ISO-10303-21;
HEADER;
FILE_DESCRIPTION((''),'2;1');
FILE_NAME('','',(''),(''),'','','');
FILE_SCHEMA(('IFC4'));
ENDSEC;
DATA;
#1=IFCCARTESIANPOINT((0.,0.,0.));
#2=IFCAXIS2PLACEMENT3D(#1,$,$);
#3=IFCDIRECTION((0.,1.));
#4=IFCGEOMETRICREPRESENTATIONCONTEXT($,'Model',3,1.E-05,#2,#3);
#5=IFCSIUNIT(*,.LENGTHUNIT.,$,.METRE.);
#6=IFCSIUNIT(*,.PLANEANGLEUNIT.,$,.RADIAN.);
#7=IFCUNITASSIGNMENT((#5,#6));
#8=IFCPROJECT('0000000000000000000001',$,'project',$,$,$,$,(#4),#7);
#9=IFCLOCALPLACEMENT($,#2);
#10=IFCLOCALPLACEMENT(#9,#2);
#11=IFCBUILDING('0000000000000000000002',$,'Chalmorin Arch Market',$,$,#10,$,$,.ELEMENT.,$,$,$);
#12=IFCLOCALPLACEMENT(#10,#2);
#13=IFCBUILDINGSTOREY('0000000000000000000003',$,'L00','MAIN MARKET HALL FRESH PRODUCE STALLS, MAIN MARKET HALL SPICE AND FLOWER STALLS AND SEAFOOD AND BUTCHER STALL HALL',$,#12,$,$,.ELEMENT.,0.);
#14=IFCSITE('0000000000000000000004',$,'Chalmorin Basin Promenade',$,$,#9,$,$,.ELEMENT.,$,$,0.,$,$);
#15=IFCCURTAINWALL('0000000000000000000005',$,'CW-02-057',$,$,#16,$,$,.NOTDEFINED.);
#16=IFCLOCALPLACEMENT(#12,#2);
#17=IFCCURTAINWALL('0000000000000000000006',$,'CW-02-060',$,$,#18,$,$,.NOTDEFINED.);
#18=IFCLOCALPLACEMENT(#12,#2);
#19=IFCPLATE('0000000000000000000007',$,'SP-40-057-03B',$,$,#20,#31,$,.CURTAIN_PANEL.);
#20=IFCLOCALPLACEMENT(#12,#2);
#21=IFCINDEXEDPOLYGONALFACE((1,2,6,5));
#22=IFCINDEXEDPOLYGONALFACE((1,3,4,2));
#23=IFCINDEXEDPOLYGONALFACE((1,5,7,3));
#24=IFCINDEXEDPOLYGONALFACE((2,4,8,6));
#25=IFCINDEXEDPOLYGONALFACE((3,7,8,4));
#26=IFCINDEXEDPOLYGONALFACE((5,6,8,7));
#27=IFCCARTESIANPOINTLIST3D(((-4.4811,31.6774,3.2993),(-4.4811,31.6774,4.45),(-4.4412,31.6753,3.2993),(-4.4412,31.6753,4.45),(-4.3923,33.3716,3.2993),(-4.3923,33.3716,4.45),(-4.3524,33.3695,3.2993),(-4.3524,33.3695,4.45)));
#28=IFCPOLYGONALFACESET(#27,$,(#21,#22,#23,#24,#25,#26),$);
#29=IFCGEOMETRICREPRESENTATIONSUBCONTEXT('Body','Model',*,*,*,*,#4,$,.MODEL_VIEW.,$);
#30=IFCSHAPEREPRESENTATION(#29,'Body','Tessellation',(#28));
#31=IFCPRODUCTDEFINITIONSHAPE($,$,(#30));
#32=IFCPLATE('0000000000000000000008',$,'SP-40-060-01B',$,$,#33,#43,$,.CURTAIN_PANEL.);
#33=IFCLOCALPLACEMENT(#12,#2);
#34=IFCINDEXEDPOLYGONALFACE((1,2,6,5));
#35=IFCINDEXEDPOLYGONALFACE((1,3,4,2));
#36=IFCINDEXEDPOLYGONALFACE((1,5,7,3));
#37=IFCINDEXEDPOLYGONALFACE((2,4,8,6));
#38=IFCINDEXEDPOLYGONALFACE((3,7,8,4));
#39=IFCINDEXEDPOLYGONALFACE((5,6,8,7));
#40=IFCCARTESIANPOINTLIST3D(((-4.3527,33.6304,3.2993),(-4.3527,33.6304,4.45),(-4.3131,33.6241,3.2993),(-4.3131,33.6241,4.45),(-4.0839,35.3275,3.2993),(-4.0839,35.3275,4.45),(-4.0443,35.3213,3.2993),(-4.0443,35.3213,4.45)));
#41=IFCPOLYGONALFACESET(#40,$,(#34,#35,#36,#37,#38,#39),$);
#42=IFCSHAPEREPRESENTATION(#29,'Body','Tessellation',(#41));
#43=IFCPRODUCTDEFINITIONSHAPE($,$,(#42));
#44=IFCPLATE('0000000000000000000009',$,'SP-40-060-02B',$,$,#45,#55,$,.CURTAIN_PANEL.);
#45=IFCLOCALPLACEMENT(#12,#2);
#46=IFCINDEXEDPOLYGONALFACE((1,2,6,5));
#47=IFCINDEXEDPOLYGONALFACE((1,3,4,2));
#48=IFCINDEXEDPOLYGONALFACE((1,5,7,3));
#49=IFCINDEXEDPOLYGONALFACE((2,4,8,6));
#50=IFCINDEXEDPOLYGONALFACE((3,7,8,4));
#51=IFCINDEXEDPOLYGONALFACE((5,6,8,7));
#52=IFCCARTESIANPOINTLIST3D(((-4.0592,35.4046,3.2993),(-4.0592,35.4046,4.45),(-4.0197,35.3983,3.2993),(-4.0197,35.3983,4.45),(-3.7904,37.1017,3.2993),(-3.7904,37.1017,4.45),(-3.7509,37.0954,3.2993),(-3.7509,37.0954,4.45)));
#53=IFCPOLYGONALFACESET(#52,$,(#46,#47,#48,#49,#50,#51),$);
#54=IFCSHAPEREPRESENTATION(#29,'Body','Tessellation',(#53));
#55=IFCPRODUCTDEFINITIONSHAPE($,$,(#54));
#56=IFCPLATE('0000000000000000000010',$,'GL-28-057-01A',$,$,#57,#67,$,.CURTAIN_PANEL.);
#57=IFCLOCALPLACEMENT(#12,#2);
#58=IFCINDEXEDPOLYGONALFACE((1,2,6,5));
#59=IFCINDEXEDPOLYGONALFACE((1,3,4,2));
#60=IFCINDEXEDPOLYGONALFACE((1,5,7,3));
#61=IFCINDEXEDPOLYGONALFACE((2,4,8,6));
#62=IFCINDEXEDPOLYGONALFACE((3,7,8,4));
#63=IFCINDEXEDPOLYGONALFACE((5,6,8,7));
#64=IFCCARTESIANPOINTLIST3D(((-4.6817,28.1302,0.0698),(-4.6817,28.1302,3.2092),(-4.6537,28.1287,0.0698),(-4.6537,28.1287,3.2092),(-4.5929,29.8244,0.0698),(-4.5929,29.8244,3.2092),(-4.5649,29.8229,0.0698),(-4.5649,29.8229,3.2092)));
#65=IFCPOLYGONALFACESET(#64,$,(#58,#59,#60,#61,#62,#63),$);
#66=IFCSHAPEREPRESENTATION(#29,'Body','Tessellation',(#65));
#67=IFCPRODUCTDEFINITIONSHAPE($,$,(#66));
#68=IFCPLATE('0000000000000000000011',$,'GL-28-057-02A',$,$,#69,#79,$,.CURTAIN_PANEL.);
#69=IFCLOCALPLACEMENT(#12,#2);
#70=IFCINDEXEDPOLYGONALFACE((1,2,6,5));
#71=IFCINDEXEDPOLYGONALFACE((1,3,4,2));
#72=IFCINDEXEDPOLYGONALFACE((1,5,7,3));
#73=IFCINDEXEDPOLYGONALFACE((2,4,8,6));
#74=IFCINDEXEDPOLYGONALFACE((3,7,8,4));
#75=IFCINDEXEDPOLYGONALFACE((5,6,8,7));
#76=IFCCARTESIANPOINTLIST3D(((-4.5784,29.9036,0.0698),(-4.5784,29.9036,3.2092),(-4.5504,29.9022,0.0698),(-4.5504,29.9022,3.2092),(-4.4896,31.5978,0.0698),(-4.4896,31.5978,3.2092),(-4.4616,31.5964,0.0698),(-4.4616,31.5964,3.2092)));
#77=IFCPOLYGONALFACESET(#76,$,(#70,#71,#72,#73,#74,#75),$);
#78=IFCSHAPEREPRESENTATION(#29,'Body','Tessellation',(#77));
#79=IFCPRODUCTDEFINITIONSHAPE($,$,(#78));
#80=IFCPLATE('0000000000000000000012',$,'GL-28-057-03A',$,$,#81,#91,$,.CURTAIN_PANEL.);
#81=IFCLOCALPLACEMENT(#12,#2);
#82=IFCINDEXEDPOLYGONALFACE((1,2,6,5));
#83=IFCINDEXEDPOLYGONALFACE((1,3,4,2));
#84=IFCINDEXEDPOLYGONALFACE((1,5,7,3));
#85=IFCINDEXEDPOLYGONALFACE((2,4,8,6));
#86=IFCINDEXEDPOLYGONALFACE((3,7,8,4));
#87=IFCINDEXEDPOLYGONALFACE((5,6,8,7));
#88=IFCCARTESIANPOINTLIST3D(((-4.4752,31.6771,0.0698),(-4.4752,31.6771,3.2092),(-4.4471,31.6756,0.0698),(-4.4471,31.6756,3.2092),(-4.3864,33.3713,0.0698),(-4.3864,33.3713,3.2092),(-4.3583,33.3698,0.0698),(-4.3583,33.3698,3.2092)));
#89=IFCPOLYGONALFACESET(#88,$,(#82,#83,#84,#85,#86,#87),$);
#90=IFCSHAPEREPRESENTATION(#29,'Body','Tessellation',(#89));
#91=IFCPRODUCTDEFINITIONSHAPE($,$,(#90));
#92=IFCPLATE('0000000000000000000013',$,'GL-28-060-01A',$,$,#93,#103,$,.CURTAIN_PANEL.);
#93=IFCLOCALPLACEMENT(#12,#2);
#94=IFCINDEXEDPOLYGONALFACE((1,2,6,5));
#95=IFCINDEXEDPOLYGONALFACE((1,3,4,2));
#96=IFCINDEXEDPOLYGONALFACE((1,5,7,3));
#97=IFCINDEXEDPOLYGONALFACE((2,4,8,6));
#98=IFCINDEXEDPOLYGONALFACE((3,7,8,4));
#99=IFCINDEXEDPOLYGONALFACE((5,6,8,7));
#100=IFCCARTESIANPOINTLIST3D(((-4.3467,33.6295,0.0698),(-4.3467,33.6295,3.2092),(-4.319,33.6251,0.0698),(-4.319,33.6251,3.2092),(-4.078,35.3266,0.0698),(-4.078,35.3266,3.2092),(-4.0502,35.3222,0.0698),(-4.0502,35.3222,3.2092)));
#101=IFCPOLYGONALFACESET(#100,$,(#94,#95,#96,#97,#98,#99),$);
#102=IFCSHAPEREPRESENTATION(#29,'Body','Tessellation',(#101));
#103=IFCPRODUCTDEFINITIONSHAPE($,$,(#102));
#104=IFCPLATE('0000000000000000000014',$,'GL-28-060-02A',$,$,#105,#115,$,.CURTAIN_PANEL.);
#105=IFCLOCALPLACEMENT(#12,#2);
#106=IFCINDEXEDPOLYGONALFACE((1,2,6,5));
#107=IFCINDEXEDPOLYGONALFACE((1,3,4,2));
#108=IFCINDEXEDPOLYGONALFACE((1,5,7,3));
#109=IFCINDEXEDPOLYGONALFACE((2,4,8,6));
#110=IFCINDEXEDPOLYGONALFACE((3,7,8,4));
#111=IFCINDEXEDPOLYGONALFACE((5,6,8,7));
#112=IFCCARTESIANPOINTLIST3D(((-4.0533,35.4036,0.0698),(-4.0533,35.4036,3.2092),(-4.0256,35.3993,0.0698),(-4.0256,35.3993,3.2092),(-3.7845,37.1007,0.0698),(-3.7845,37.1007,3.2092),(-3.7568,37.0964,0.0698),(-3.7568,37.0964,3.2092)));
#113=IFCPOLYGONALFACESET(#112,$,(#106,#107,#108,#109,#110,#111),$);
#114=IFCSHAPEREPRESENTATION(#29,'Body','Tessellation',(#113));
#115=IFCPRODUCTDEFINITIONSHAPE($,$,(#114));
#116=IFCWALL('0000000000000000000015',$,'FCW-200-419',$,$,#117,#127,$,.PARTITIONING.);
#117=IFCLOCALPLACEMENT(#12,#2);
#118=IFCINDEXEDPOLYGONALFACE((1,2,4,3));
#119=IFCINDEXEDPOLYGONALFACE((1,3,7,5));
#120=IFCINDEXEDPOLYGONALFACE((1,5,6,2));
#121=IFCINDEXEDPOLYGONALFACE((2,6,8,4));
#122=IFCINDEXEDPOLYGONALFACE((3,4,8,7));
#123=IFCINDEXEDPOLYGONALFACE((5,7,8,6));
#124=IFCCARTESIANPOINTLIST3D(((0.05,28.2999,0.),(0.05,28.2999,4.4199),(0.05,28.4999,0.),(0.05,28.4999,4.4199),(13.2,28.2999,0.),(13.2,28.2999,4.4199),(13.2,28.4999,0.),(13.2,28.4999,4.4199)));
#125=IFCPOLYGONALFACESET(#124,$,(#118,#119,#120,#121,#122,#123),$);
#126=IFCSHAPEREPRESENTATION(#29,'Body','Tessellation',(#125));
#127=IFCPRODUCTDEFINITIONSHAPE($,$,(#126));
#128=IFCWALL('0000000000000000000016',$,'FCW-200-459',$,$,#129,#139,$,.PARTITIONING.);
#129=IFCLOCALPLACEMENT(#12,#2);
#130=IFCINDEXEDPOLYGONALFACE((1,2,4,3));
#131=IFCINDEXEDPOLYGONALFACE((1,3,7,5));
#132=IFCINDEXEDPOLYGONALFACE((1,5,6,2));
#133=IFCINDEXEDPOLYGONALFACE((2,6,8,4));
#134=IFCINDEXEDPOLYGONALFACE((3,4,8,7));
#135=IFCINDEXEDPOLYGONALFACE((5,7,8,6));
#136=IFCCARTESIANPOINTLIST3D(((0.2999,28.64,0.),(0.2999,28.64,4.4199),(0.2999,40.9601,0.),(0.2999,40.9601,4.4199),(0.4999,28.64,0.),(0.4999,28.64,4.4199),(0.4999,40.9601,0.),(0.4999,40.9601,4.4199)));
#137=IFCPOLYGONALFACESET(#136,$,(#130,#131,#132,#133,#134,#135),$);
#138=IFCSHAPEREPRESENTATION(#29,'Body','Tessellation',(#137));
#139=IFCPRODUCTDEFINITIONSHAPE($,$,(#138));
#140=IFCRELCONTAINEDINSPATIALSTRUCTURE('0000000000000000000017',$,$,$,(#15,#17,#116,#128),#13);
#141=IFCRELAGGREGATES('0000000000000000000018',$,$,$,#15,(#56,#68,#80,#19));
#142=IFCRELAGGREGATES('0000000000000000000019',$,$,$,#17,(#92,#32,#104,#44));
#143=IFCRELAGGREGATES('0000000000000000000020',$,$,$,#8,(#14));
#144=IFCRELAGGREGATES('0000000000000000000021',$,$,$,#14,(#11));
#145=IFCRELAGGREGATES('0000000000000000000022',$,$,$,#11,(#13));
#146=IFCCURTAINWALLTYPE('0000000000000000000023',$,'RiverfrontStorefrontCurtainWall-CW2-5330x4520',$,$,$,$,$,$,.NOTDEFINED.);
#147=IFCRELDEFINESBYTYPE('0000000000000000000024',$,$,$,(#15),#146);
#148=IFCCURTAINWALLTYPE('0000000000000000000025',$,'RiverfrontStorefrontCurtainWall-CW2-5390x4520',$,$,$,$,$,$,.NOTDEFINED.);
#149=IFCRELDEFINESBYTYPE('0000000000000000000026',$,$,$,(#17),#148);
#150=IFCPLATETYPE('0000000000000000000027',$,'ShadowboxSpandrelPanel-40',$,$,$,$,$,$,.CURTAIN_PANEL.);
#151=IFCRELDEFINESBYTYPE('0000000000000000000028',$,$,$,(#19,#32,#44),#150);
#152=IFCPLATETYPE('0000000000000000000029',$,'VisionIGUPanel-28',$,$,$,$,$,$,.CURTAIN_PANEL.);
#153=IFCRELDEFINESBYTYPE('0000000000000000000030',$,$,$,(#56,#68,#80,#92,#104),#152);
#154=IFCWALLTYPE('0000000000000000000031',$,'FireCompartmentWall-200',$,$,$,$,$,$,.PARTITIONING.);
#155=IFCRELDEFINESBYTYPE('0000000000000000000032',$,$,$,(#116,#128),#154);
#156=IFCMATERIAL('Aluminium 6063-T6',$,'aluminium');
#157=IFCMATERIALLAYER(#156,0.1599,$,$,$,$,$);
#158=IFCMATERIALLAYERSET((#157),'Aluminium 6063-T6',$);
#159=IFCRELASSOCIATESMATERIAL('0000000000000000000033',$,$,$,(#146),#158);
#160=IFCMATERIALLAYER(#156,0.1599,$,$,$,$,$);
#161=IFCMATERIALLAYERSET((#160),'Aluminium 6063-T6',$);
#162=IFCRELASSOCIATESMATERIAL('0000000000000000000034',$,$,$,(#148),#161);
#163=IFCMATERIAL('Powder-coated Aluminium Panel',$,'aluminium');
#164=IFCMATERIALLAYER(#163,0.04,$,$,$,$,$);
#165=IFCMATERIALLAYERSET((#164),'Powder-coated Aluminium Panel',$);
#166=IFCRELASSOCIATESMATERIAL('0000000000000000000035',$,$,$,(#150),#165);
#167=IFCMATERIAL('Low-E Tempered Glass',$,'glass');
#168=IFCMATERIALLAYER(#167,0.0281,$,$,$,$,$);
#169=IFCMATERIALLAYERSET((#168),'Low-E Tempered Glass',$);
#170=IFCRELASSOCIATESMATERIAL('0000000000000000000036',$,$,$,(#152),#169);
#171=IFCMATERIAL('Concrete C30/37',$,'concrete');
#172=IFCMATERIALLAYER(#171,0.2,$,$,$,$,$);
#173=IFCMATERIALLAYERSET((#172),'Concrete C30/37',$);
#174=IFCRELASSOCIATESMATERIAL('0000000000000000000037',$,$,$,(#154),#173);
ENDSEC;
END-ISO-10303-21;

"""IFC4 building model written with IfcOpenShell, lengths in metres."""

from ifc_helpers import new_model, si_unit, direction, frame, frame_2d, origin, origin_2d, place, context, subcontext, project, spatial, rectangle, extrude, material, layer, layer_set, type_object, element, aggregate, save


model = new_model("IFC4")

# Units and contexts
model_context = context("Model", 3, precision=1e-05, world=origin(), true_north=direction((0.0, 1.0)))
body_context = subcontext(model_context, "Body", "Model", "MODEL_VIEW")
ifc_project = project(units=[si_unit("LENGTHUNIT", "METRE"), si_unit("PLANEANGLEUNIT", "RADIAN")], contexts=[model_context])

# Site, building, storey
site_placement = place(None, origin())
site = spatial("IfcSite", under=ifc_project, at=site_placement, Name="Chalmorin Basin Promenade", CompositionType="ELEMENT", RefElevation=0.0)
building_placement = place(site_placement, origin())
building = spatial("IfcBuilding", under=site, at=building_placement, Name="Chalmorin Arch Market", CompositionType="ELEMENT")
storey_placement = place(building_placement, origin())
storey = spatial("IfcBuildingStorey", under=building, at=storey_placement, Name="L00", Description="MAIN MARKET HALL FRESH PRODUCE STALLS, MAIN MARKET HALL SPICE AND FLOWER STALLS AND SEAFOOD AND BUTCHER STALL HALL", CompositionType="ELEMENT", Elevation=0.0)

# Curtain walls
ifc_material_1 = material(Name="Aluminium 6063-T6", Category="aluminium")
ifc_layer_1 = layer(ifc_material_1, 0.1599)
ifc_layer_set_1 = layer_set([ifc_layer_1], Name="Aluminium 6063-T6")
curtain_wall_type_1 = type_object("IfcCurtainWallType", Name="RiverfrontStorefrontCurtainWall-CW2-5330x4520", PredefinedType="NOTDEFINED", material=ifc_layer_set_1)
curtain_wall_1_placement = place(storey_placement, origin())
curtain_wall_1 = element("IfcCurtainWall", 1, at=curtain_wall_1_placement, inside=storey, type_object=curtain_wall_type_1, Name="CW-02-057", PredefinedType="NOTDEFINED")
ifc_layer_2 = layer(ifc_material_1, 0.1599)
ifc_layer_set_2 = layer_set([ifc_layer_2], Name="Aluminium 6063-T6")
curtain_wall_type_2 = type_object("IfcCurtainWallType", Name="RiverfrontStorefrontCurtainWall-CW2-5390x4520", PredefinedType="NOTDEFINED", material=ifc_layer_set_2)
curtain_wall_2_placement = place(storey_placement, origin())
curtain_wall_2 = element("IfcCurtainWall", 2, at=curtain_wall_2_placement, inside=storey, type_object=curtain_wall_type_2, Name="CW-02-060", PredefinedType="NOTDEFINED")

# Plates
ifc_material_2 = material(Name="Powder-coated Aluminium Panel", Category="aluminium")
ifc_layer_3 = layer(ifc_material_2, 0.04)
ifc_layer_set_3 = layer_set([ifc_layer_3], Name="Powder-coated Aluminium Panel")
plate_type_1 = type_object("IfcPlateType", Name="ShadowboxSpandrelPanel-40", PredefinedType="CURTAIN_PANEL", material=ifc_layer_set_3)
plate_1_placement = place(storey_placement, frame((-4.4167, 32.5234, 3.2993), z_axis=(0.0, 0.0, 1.0), x_axis=(0.052336, 0.99863, 0.0)))
plate_1 = element("IfcPlate", 3, at=plate_1_placement, type_object=plate_type_1, Name="SP-40-057-03B", PredefinedType="CURTAIN_PANEL", context=body_context, shape_type="SweptSolid", body=[
    extrude(rectangle(XDim=1.6965, YDim=0.04, at=origin_2d()), origin(), (0.0, 0.0, 1.0), 1.1506),
])
plate_2_placement = place(storey_placement, frame((-4.1985, 34.4758, 3.2993), z_axis=(0.0, 0.0, 1.0), x_axis=(0.156434, 0.987688, 0.0)))
plate_2 = element("IfcPlate", 4, at=plate_2_placement, type_object=plate_type_1, Name="SP-40-060-01B", PredefinedType="CURTAIN_PANEL", context=body_context, shape_type="SweptSolid", body=[
    extrude(rectangle(XDim=1.7183, YDim=0.04, at=origin_2d()), origin(), (0.0, 0.0, 1.0), 1.1506),
])
plate_3_placement = place(storey_placement, frame((-3.905, 36.25, 3.2993), z_axis=(0.0, 0.0, 1.0), x_axis=(0.156434, 0.987688, 0.0)))
plate_3 = element("IfcPlate", 5, at=plate_3_placement, type_object=plate_type_1, Name="SP-40-060-02B", PredefinedType="CURTAIN_PANEL", context=body_context, shape_type="SweptSolid", body=[
    extrude(rectangle(XDim=1.7183, YDim=0.04, at=origin_2d()), origin(), (0.0, 0.0, 1.0), 1.1506),
])
ifc_material_3 = material(Name="Low-E Tempered Glass", Category="glass")
ifc_layer_4 = layer(ifc_material_3, 0.0281)
ifc_layer_set_4 = layer_set([ifc_layer_4], Name="Low-E Tempered Glass")
plate_type_2 = type_object("IfcPlateType", Name="VisionIGUPanel-28", PredefinedType="CURTAIN_PANEL", material=ifc_layer_set_4)
plate_4_placement = place(storey_placement, frame((-4.6233, 28.9766, 0.0698), z_axis=(0.0, 0.0, 1.0), x_axis=(0.052336, 0.99863, 0.0)))
plate_4 = element("IfcPlate", 6, at=plate_4_placement, type_object=plate_type_2, Name="GL-28-057-01A", PredefinedType="CURTAIN_PANEL", context=body_context, shape_type="SweptSolid", body=[
    extrude(rectangle(XDim=1.6965, YDim=0.0281, at=origin_2d()), origin(), (0.0, 0.0, 1.0), 3.1394),
])
plate_5_placement = place(storey_placement, frame((-4.52, 30.75, 0.0698), z_axis=(0.0, 0.0, 1.0), x_axis=(0.052336, 0.99863, 0.0)))
plate_5 = element("IfcPlate", 7, at=plate_5_placement, type_object=plate_type_2, Name="GL-28-057-02A", PredefinedType="CURTAIN_PANEL", context=body_context, shape_type="SweptSolid", body=[
    extrude(rectangle(XDim=1.6965, YDim=0.0281, at=origin_2d()), origin(), (0.0, 0.0, 1.0), 3.1394),
])
plate_6_placement = place(storey_placement, frame((-4.4167, 32.5234, 0.0698), z_axis=(0.0, 0.0, 1.0), x_axis=(0.052336, 0.99863, 0.0)))
plate_6 = element("IfcPlate", 8, at=plate_6_placement, type_object=plate_type_2, Name="GL-28-057-03A", PredefinedType="CURTAIN_PANEL", context=body_context, shape_type="SweptSolid", body=[
    extrude(rectangle(XDim=1.6965, YDim=0.0281, at=origin_2d()), origin(), (0.0, 0.0, 1.0), 3.1394),
])
aggregate(curtain_wall_1, [plate_4, plate_5, plate_6, plate_1])
plate_7_placement = place(storey_placement, frame((-4.1985, 34.4758, 0.0698), z_axis=(0.0, 0.0, 1.0), x_axis=(0.156434, 0.987688, 0.0)))
plate_7 = element("IfcPlate", 9, at=plate_7_placement, type_object=plate_type_2, Name="GL-28-060-01A", PredefinedType="CURTAIN_PANEL", context=body_context, shape_type="SweptSolid", body=[
    extrude(rectangle(XDim=1.7183, YDim=0.0281, at=origin_2d()), origin(), (0.0, 0.0, 1.0), 3.1394),
])
plate_8_placement = place(storey_placement, frame((-3.905, 36.25, 0.0698), z_axis=(0.0, 0.0, 1.0), x_axis=(0.156434, 0.987688, 0.0)))
plate_8 = element("IfcPlate", 10, at=plate_8_placement, type_object=plate_type_2, Name="GL-28-060-02A", PredefinedType="CURTAIN_PANEL", context=body_context, shape_type="SweptSolid", body=[
    extrude(rectangle(XDim=1.7183, YDim=0.0281, at=origin_2d()), origin(), (0.0, 0.0, 1.0), 3.1394),
])
aggregate(curtain_wall_2, [plate_7, plate_2, plate_8, plate_3])

# Walls
ifc_material_4 = material(Name="Concrete C30/37", Category="concrete")
ifc_layer_5 = layer(ifc_material_4, 0.2)
ifc_layer_set_5 = layer_set([ifc_layer_5], Name="Concrete C30/37")
wall_type = type_object("IfcWallType", Name="FireCompartmentWall-200", PredefinedType="PARTITIONING", material=ifc_layer_set_5)
wall_1_placement = place(storey_placement, frame((0.05, 28.3999, 0.0), z_axis=(0.0, 0.0, 1.0), x_axis=(1.0, 0.0, 0.0)))
element("IfcWall", 11, at=wall_1_placement, inside=storey, type_object=wall_type, Name="FCW-200-419", PredefinedType="PARTITIONING", context=body_context, shape_type="SweptSolid", body=[
    extrude(rectangle(XDim=13.1499, YDim=0.2, at=frame_2d((6.575, 0.0))), origin(), (0.0, 0.0, 1.0), 4.4199),
])
wall_2_placement = place(storey_placement, frame((0.3999, 28.6399, 0.0), z_axis=(0.0, 0.0, 1.0), x_axis=(0.0, 1.0, 0.0)))
element("IfcWall", 12, at=wall_2_placement, inside=storey, type_object=wall_type, Name="FCW-200-459", PredefinedType="PARTITIONING", context=body_context, shape_type="SweptSolid", body=[
    extrude(rectangle(XDim=12.3201, YDim=0.2, at=frame_2d((6.1602, 0.0))), origin(), (0.0, 0.0, 1.0), 4.4199),
])

save(model, "model.ifc")
